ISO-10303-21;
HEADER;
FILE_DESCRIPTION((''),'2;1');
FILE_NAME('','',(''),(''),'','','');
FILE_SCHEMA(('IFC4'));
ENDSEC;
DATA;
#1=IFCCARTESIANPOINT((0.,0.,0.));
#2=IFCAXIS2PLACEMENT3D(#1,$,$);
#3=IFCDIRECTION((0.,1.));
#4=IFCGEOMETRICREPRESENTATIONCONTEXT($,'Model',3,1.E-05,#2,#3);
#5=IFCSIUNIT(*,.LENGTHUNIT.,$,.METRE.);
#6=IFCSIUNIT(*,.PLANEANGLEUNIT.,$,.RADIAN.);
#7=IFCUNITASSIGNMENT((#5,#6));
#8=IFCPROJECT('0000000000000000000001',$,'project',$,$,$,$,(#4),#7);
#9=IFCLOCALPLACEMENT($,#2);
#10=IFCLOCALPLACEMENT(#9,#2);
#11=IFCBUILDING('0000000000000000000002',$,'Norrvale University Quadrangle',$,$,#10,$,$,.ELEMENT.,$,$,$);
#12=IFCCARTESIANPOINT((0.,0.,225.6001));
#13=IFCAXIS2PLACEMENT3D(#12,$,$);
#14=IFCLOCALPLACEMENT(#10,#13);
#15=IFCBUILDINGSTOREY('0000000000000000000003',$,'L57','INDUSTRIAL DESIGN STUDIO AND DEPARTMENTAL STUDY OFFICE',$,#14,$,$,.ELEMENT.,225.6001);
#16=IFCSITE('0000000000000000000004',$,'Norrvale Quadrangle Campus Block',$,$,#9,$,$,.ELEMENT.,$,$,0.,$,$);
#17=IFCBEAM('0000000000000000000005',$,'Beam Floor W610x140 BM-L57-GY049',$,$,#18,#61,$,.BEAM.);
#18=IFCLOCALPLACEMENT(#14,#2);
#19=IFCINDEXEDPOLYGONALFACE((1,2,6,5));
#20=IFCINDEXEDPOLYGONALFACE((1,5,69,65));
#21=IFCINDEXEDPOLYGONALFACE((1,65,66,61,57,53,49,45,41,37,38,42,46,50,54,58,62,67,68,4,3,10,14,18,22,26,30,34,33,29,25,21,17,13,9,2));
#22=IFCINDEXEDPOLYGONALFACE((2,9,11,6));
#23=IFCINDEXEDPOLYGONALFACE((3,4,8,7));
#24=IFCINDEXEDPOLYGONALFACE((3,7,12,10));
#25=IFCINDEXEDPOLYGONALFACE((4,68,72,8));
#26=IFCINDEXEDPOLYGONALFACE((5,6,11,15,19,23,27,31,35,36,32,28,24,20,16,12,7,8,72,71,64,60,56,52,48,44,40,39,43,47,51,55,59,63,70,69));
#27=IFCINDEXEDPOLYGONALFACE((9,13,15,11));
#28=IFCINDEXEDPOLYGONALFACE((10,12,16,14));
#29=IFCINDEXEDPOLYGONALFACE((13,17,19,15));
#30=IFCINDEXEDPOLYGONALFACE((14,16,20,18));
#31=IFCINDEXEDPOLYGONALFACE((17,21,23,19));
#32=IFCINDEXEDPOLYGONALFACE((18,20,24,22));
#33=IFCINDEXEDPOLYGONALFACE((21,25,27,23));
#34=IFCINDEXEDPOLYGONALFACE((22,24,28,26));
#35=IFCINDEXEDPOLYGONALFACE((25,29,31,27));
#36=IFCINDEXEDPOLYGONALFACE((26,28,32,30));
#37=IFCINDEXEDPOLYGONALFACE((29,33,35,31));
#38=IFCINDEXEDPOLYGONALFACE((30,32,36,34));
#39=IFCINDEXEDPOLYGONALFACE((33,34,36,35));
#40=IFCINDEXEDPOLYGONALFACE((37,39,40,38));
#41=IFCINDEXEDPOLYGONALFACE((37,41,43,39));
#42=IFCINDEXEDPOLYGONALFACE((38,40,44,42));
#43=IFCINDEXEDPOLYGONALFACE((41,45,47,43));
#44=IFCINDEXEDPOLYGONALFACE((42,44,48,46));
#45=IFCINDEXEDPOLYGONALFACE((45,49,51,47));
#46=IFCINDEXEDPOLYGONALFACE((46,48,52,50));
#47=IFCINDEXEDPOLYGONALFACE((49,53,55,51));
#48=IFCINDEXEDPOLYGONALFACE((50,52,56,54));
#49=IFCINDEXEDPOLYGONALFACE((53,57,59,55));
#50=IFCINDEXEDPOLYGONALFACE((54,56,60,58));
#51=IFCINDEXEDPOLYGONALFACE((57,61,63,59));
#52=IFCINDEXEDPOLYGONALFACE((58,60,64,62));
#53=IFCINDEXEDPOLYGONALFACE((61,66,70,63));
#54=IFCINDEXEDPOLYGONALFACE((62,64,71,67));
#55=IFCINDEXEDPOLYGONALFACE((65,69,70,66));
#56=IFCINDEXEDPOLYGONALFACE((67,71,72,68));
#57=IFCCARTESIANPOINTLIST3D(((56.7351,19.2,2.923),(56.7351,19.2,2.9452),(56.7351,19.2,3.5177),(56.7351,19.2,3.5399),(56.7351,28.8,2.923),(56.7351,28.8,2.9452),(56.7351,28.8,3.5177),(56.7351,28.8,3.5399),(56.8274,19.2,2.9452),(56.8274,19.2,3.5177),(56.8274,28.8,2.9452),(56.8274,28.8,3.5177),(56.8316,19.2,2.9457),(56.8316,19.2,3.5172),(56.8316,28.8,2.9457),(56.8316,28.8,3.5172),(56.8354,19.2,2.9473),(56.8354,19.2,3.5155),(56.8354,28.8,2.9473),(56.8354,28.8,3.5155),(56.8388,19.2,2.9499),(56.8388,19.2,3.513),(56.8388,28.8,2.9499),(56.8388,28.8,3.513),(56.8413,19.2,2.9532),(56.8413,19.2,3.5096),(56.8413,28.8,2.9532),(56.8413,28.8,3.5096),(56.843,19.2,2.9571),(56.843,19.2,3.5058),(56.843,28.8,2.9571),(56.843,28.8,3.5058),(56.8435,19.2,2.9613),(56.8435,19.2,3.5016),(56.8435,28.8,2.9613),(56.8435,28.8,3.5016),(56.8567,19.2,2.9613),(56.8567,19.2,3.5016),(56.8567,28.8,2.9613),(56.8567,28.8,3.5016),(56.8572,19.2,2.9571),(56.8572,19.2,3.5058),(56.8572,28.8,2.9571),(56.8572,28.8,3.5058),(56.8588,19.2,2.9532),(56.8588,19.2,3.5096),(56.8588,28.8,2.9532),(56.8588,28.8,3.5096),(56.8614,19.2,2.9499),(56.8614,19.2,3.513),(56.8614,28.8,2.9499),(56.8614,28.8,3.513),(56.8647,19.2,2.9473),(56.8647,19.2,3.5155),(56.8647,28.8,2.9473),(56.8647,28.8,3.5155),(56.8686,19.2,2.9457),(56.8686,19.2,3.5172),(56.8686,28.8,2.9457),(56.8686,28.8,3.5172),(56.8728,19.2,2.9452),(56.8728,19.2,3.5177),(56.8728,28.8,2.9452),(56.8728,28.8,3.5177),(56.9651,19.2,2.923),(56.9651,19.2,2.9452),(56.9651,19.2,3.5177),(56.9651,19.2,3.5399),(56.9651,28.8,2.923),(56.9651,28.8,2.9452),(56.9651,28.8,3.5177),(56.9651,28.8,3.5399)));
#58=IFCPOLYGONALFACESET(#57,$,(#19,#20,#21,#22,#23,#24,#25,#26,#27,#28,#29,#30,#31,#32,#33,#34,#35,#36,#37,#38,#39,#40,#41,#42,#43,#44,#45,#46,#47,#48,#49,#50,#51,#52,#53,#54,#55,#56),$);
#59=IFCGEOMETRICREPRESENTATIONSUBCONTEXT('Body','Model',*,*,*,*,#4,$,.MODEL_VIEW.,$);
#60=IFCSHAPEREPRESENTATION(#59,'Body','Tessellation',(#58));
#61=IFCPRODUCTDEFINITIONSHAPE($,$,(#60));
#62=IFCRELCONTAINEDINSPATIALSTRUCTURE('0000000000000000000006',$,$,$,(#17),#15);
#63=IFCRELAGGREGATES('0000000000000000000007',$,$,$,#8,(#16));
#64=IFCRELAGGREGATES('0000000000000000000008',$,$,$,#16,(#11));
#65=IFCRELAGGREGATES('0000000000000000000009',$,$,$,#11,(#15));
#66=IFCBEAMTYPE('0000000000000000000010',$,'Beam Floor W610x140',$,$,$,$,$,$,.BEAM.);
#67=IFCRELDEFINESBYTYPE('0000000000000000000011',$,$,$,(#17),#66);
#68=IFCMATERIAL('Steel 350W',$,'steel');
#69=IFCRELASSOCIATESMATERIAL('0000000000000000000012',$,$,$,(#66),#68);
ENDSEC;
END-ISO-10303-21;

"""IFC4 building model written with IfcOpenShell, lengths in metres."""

from ifc_helpers import new_model, si_unit, direction, frame, origin, origin_2d, place, context, subcontext, project, spatial, i_section, extrude, material, material_profile, profile_set, type_object, element, save


model = new_model("IFC4")

# Units and contexts
model_context = context("Model", 3, precision=1e-05, world=origin(), true_north=direction((0.0, 1.0)))
body_context = subcontext(model_context, "Body", "Model", "MODEL_VIEW")
ifc_project = project(units=[si_unit("LENGTHUNIT", "METRE"), si_unit("PLANEANGLEUNIT", "RADIAN")], contexts=[model_context])

# Site, building, storey
site_placement = place(None, origin())
site = spatial("IfcSite", under=ifc_project, at=site_placement, Name="Norrvale Quadrangle Campus Block", CompositionType="ELEMENT", RefElevation=0.0)
building_placement = place(site_placement, origin())
building = spatial("IfcBuilding", under=site, at=building_placement, Name="Norrvale University Quadrangle", CompositionType="ELEMENT")
storey_placement = place(building_placement, frame((0.0, 0.0, 225.6001)))
storey = spatial("IfcBuildingStorey", under=building, at=storey_placement, Name="L57", Description="INDUSTRIAL DESIGN STUDIO AND DEPARTMENTAL STUDY OFFICE", CompositionType="ELEMENT", Elevation=225.6001)

# Beam
ifc_material_1 = material(Name="Steel 350W", Category="steel")
ifc_material_profile_1 = material_profile(ifc_material_1, i_section(OverallWidth=0.23, OverallDepth=0.6169, WebThickness=0.0132, FlangeThickness=0.0222, FilletRadius=0.0161, at=origin_2d()), Name="Steel 350W")
ifc_profile_set_1 = profile_set([ifc_material_profile_1], Name="Steel 350W")
beam_type_1 = type_object("IfcBeamType", Name="Beam Floor W610x140", PredefinedType="BEAM", material=ifc_profile_set_1)
beam_1_placement = place(storey_placement, frame((56.8501, 19.2, 3.2314), z_axis=(0.0, 1.0, 0.0), x_axis=(-1.0, 0.0, 0.0)))
element("IfcBeam", 1, at=beam_1_placement, inside=storey, type_object=beam_type_1, Name="Beam Floor W610x140 BM-L57-GY049", PredefinedType="BEAM", context=body_context, shape_type="SweptSolid", body=[
    extrude(i_section(OverallWidth=0.23, OverallDepth=0.6169, WebThickness=0.0132, FlangeThickness=0.0222, FilletRadius=0.0161, at=origin_2d()), origin(), (0.0, 0.0, 1.0), 9.6001),
])

save(model, "model.ifc")
